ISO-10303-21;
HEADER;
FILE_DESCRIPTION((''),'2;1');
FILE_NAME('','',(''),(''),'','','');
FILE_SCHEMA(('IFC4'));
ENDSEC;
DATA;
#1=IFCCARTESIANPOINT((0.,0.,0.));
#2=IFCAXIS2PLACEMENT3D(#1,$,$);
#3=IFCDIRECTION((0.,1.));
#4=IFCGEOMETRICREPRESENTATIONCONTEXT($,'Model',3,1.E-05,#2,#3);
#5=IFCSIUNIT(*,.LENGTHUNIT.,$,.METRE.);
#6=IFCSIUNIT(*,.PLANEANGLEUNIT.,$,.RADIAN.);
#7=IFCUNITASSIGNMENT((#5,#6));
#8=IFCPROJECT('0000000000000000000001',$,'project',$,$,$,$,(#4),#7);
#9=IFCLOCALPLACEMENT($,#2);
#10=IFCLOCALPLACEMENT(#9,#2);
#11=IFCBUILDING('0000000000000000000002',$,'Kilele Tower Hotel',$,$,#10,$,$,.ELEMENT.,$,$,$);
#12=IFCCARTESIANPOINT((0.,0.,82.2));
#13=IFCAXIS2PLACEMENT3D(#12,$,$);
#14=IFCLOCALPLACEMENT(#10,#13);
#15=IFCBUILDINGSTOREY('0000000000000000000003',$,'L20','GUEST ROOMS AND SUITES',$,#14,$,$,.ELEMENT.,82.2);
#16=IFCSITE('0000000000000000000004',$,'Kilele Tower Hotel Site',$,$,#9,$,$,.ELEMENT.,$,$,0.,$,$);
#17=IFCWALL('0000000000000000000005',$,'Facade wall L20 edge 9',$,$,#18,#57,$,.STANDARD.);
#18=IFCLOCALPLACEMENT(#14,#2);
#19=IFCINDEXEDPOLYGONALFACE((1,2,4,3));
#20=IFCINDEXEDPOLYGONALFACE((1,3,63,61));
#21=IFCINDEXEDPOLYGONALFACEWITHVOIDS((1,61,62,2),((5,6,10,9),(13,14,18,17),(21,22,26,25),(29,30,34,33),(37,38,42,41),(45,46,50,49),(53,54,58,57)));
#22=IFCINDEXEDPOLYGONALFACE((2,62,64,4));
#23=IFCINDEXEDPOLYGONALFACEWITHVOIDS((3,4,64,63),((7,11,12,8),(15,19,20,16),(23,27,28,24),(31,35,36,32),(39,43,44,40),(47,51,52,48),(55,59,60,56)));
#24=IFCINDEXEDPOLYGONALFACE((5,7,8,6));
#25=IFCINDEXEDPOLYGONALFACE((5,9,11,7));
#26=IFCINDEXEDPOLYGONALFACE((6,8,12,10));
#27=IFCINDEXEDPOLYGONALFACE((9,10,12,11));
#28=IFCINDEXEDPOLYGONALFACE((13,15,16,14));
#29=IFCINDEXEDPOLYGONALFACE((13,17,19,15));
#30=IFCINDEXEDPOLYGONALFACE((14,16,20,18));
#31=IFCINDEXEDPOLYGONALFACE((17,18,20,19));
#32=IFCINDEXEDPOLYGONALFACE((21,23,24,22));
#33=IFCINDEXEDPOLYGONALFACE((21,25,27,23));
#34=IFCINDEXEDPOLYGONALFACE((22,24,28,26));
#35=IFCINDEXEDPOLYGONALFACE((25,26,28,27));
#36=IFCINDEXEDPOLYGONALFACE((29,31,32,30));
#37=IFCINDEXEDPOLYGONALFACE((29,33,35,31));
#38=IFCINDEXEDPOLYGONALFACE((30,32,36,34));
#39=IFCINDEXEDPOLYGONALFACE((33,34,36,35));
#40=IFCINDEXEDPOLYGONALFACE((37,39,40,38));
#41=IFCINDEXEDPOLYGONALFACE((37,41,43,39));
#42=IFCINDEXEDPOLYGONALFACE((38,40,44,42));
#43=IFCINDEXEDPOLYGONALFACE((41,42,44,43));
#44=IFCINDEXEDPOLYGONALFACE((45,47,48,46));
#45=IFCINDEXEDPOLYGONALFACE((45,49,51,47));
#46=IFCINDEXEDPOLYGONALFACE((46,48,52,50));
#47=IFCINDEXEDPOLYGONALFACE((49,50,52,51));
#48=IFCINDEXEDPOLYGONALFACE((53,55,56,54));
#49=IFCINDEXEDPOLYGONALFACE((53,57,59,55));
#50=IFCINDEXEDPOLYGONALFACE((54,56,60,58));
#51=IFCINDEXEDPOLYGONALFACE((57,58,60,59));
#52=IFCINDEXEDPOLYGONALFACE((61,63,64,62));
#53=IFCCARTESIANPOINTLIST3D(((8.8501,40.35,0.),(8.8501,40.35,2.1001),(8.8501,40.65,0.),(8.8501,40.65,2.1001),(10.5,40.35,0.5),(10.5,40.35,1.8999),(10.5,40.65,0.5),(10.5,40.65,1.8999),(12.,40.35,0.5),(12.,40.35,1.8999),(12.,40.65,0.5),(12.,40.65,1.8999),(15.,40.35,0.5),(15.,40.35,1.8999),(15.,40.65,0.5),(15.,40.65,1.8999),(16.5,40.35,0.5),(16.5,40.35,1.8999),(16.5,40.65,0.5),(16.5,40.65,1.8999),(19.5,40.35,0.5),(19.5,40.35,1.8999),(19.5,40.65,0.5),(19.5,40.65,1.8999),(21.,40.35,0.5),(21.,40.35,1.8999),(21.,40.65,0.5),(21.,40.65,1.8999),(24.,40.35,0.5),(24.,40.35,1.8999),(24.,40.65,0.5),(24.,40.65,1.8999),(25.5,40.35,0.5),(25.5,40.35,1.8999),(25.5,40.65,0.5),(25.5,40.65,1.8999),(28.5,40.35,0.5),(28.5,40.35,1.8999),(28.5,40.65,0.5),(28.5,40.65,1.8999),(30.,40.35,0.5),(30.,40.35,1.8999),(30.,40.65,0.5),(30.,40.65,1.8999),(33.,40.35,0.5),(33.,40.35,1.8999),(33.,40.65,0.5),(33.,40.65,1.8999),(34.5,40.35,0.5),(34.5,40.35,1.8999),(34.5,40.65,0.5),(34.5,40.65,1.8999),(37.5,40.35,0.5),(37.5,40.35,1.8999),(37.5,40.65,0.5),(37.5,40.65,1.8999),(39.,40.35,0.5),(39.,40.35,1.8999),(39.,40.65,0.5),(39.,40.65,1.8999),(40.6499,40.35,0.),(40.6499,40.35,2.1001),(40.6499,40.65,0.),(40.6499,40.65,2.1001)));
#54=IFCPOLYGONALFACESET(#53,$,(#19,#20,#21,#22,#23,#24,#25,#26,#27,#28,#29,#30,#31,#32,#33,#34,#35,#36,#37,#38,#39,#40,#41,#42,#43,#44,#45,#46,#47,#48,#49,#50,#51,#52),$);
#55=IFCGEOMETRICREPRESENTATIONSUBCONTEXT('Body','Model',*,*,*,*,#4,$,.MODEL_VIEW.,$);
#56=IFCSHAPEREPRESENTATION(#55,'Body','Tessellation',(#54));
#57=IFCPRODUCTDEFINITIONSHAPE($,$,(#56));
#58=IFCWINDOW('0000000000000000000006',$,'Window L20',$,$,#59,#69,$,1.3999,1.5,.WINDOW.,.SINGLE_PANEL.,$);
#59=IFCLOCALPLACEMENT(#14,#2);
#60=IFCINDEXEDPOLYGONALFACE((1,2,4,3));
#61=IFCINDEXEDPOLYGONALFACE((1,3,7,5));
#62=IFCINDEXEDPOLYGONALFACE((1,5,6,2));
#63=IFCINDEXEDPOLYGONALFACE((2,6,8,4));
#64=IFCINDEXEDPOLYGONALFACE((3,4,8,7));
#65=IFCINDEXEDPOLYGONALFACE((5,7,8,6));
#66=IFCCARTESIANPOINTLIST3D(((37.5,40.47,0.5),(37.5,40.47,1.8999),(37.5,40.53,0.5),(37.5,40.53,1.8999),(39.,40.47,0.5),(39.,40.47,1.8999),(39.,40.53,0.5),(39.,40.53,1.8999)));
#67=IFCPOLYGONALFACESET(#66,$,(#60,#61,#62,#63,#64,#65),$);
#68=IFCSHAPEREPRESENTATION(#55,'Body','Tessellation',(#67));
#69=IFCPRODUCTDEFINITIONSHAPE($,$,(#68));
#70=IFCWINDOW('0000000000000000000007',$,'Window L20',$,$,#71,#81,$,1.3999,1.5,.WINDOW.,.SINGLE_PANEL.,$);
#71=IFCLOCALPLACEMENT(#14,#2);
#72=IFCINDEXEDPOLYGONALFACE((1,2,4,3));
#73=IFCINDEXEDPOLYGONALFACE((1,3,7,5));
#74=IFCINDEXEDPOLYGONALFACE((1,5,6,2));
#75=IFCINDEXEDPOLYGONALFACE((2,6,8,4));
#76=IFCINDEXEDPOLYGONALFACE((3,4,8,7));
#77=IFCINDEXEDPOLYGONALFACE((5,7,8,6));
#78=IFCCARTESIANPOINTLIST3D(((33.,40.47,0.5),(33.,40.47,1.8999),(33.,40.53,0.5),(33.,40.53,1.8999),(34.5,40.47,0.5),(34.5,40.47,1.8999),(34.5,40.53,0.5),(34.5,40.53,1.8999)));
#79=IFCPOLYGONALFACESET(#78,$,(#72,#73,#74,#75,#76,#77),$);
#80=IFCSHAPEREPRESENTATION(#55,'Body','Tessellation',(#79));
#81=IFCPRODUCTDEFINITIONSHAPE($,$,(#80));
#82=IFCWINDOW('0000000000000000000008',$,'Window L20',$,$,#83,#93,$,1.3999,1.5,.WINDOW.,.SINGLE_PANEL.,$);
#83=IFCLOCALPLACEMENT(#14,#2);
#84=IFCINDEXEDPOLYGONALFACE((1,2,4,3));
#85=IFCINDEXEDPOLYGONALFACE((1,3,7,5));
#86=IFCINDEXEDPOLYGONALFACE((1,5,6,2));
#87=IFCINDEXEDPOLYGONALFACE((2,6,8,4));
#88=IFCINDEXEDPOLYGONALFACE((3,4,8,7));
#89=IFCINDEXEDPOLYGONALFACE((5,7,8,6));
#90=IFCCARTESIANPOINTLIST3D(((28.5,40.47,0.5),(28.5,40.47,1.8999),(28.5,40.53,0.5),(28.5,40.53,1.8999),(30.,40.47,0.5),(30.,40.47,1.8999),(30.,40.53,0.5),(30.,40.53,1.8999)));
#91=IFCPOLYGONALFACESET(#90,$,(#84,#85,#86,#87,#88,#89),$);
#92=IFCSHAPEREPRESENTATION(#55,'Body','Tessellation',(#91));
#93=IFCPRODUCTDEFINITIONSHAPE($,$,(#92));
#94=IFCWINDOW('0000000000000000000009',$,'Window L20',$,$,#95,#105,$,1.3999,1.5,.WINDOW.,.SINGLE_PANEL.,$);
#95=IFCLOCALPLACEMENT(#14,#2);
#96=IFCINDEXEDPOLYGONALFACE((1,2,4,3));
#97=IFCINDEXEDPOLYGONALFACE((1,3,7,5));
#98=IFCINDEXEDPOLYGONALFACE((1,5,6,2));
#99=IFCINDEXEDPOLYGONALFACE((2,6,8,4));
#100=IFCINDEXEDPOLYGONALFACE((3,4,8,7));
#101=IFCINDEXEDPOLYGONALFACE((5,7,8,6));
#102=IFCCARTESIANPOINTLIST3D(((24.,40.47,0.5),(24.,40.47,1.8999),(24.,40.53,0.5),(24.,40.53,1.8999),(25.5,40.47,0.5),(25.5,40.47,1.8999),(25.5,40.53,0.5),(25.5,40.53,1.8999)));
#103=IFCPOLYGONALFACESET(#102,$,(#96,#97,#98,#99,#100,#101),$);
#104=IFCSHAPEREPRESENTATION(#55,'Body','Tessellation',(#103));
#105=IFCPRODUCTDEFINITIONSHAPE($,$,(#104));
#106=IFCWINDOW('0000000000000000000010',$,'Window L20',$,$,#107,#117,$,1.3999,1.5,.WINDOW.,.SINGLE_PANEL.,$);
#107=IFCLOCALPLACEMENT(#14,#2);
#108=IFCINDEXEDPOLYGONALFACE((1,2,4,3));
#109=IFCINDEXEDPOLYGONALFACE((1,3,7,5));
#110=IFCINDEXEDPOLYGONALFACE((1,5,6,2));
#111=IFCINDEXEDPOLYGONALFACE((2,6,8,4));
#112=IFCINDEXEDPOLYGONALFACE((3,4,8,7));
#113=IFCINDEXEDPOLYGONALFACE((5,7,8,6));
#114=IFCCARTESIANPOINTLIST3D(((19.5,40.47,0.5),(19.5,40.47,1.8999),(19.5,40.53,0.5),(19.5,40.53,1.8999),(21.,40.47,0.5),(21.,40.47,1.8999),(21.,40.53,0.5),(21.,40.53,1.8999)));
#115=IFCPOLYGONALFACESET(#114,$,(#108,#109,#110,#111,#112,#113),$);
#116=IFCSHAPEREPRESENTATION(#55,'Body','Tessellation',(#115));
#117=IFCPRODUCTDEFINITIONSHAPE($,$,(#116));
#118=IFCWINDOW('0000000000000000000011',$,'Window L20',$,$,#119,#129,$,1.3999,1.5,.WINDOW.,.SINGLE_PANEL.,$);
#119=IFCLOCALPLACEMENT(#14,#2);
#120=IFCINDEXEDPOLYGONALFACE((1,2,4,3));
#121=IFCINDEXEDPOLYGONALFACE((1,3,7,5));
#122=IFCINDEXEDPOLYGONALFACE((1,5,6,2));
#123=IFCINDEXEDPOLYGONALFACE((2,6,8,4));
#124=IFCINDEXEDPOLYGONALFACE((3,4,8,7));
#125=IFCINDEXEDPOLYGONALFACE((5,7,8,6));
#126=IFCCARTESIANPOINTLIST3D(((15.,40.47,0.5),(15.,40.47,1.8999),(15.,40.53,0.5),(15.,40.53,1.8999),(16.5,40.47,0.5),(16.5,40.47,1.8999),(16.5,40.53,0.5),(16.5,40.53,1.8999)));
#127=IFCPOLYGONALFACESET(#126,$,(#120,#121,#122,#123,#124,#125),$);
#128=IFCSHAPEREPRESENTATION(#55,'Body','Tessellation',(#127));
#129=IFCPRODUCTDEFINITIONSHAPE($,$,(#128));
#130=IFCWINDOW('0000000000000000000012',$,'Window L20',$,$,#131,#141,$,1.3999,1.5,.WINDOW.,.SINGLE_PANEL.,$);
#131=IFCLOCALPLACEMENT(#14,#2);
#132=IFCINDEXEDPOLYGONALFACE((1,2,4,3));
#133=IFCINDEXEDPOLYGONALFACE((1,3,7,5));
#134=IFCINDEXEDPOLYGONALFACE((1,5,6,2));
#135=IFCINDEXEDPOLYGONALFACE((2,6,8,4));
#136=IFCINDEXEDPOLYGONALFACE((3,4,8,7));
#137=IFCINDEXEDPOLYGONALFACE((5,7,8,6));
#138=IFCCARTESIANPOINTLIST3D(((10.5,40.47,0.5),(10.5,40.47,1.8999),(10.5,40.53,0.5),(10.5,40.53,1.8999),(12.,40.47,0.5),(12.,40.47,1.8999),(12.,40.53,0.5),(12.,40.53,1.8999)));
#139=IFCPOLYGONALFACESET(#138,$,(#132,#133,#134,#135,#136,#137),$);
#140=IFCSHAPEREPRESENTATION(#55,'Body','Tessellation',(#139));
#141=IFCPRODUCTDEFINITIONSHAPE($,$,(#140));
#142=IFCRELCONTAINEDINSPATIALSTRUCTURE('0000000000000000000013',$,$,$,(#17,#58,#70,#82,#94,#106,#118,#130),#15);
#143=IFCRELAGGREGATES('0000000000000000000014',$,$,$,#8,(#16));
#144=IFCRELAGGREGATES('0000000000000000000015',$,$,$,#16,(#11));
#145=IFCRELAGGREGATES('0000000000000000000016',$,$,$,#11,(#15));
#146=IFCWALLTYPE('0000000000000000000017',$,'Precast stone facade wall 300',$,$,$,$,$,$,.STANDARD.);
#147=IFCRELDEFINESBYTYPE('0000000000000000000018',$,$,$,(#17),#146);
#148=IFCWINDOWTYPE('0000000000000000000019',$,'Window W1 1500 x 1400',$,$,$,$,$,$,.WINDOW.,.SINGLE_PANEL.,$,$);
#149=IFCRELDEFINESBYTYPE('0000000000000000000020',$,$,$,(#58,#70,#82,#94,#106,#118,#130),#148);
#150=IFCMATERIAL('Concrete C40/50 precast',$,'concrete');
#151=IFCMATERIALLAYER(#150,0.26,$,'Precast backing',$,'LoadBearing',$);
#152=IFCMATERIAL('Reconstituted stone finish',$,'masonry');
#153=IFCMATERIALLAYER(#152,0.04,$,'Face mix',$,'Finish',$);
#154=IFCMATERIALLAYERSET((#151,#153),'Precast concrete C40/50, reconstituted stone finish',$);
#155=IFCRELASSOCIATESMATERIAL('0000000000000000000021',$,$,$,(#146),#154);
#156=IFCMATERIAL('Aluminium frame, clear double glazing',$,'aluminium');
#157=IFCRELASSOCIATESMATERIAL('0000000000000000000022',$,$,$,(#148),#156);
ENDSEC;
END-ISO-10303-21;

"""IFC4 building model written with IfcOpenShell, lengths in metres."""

from ifc_helpers import new_model, si_unit, direction, frame, frame_2d, origin, place, context, subcontext, project, spatial, rectangle, extrude, material, layer, layer_set, type_object, element, fill, save


model = new_model("IFC4")

# Units and contexts
model_context = context("Model", 3, precision=1e-05, world=origin(), true_north=direction((0.0, 1.0)))
body_context = subcontext(model_context, "Body", "Model", "MODEL_VIEW")
ifc_project = project(units=[si_unit("LENGTHUNIT", "METRE"), si_unit("PLANEANGLEUNIT", "RADIAN")], contexts=[model_context])

# Site, building, storey
site_placement = place(None, origin())
site = spatial("IfcSite", under=ifc_project, at=site_placement, Name="Kilele Tower Hotel Site", CompositionType="ELEMENT", RefElevation=0.0)
building_placement = place(site_placement, origin())
building = spatial("IfcBuilding", under=site, at=building_placement, Name="Kilele Tower Hotel", CompositionType="ELEMENT")
storey_placement = place(building_placement, frame((0.0, 0.0, 82.2)))
storey = spatial("IfcBuildingStorey", under=building, at=storey_placement, Name="L20", Description="GUEST ROOMS AND SUITES", CompositionType="ELEMENT", Elevation=82.2)

# Shared definitions
ifc_material_1 = material(Name="Concrete C40/50 precast", Category="concrete")
ifc_layer_1 = layer(ifc_material_1, 0.26, Name="Precast backing", Category="LoadBearing")
ifc_material_2 = material(Name="Reconstituted stone finish", Category="masonry")
ifc_layer_2 = layer(ifc_material_2, 0.04, Name="Face mix", Category="Finish")
ifc_layer_set_1 = layer_set([ifc_layer_1, ifc_layer_2], Name="Precast concrete C40/50, reconstituted stone finish")
wall_type_1 = type_object("IfcWallType", Name="Precast stone facade wall 300", PredefinedType="STANDARD", material=ifc_layer_set_1)
ifc_material_3 = material(Name="Aluminium frame, clear double glazing", Category="aluminium")
window_type_1 = type_object("IfcWindowType", Name="Window W1 1500 x 1400", PartitioningType="SINGLE_PANEL", PredefinedType="WINDOW", material=ifc_material_3)

# Wall, openings, windows
wall_1_placement = place(storey_placement, frame((40.6499, 40.5, 0.0), z_axis=(0.0, 0.0, 1.0), x_axis=(-1.0, 0.0, 0.0)))
wall_1 = element("IfcWall", 1, at=wall_1_placement, inside=storey, type_object=wall_type_1, Name="Facade wall L20 edge 9", PredefinedType="STANDARD", context=body_context, shape_type="SweptSolid", body=[
    extrude(rectangle(XDim=31.7998, YDim=0.3, at=frame_2d((15.8999, 0.0))), origin(), (0.0, 0.0, 1.0), 2.1001),
])
opening_1_placement = place(wall_1_placement, frame((1.6499, 0.0, 0.5)))
opening_1 = element("IfcOpeningElement", 2, at=opening_1_placement, cuts=wall_1, PredefinedType="OPENING", context=body_context, shape_type="SweptSolid", body=[
    extrude(rectangle(XDim=1.5, YDim=1.3999, at=frame_2d((0.75, 0.7))), frame((0.0, 0.1599, 0.0), z_axis=(0.0, -1.0, 0.0), x_axis=(1.0, 0.0, 0.0)), (0.0, 0.0, 1.0), 0.3201),
])
opening_2_placement = place(wall_1_placement, frame((6.1499, 0.0, 0.5)))
opening_2 = element("IfcOpeningElement", 3, at=opening_2_placement, cuts=wall_1, PredefinedType="OPENING", context=body_context, shape_type="SweptSolid", body=[
    extrude(rectangle(XDim=1.5, YDim=1.3999, at=frame_2d((0.75, 0.7))), frame((0.0, 0.1599, 0.0), z_axis=(0.0, -1.0, 0.0), x_axis=(1.0, 0.0, 0.0)), (0.0, 0.0, 1.0), 0.3201),
])
opening_3_placement = place(wall_1_placement, frame((10.6499, 0.0, 0.5)))
opening_3 = element("IfcOpeningElement", 4, at=opening_3_placement, cuts=wall_1, PredefinedType="OPENING", context=body_context, shape_type="SweptSolid", body=[
    extrude(rectangle(XDim=1.5, YDim=1.3999, at=frame_2d((0.75, 0.7))), frame((0.0, 0.1599, 0.0), z_axis=(0.0, -1.0, 0.0), x_axis=(1.0, 0.0, 0.0)), (0.0, 0.0, 1.0), 0.3201),
])
opening_4_placement = place(wall_1_placement, frame((15.1499, 0.0, 0.5)))
opening_4 = element("IfcOpeningElement", 5, at=opening_4_placement, cuts=wall_1, PredefinedType="OPENING", context=body_context, shape_type="SweptSolid", body=[
    extrude(rectangle(XDim=1.5, YDim=1.3999, at=frame_2d((0.75, 0.7))), frame((0.0, 0.1599, 0.0), z_axis=(0.0, -1.0, 0.0), x_axis=(1.0, 0.0, 0.0)), (0.0, 0.0, 1.0), 0.3201),
])
opening_5_placement = place(wall_1_placement, frame((19.6499, 0.0, 0.5)))
opening_5 = element("IfcOpeningElement", 6, at=opening_5_placement, cuts=wall_1, PredefinedType="OPENING", context=body_context, shape_type="SweptSolid", body=[
    extrude(rectangle(XDim=1.5, YDim=1.3999, at=frame_2d((0.75, 0.7))), frame((0.0, 0.1599, 0.0), z_axis=(0.0, -1.0, 0.0), x_axis=(1.0, 0.0, 0.0)), (0.0, 0.0, 1.0), 0.3201),
])
opening_6_placement = place(wall_1_placement, frame((24.1499, 0.0, 0.5)))
opening_6 = element("IfcOpeningElement", 7, at=opening_6_placement, cuts=wall_1, PredefinedType="OPENING", context=body_context, shape_type="SweptSolid", body=[
    extrude(rectangle(XDim=1.5, YDim=1.3999, at=frame_2d((0.75, 0.7))), frame((0.0, 0.1599, 0.0), z_axis=(0.0, -1.0, 0.0), x_axis=(1.0, 0.0, 0.0)), (0.0, 0.0, 1.0), 0.3201),
])
opening_7_placement = place(wall_1_placement, frame((28.6499, 0.0, 0.5)))
opening_7 = element("IfcOpeningElement", 8, at=opening_7_placement, cuts=wall_1, PredefinedType="OPENING", context=body_context, shape_type="SweptSolid", body=[
    extrude(rectangle(XDim=1.5, YDim=1.3999, at=frame_2d((0.75, 0.7))), frame((0.0, 0.1599, 0.0), z_axis=(0.0, -1.0, 0.0), x_axis=(1.0, 0.0, 0.0)), (0.0, 0.0, 1.0), 0.3201),
])
window_1_placement = place(opening_1_placement, origin())
window_1 = element("IfcWindow", 9, at=window_1_placement, inside=storey, type_object=window_type_1, Name="Window L20", OverallHeight=1.3999, OverallWidth=1.5, PartitioningType="SINGLE_PANEL", PredefinedType="WINDOW", context=body_context, shape_type="SweptSolid", body=[
    extrude(rectangle(XDim=1.5, YDim=1.3999, at=frame_2d((0.75, 0.7))), frame((0.0, 0.03, 0.0), z_axis=(0.0, -1.0, 0.0), x_axis=(1.0, 0.0, 0.0)), (0.0, 0.0, 1.0), 0.0601),
])
fill(opening_1, window_1)
window_2_placement = place(opening_2_placement, origin())
window_2 = element("IfcWindow", 10, at=window_2_placement, inside=storey, type_object=window_type_1, Name="Window L20", OverallHeight=1.3999, OverallWidth=1.5, PartitioningType="SINGLE_PANEL", PredefinedType="WINDOW", context=body_context, shape_type="SweptSolid", body=[
    extrude(rectangle(XDim=1.5, YDim=1.3999, at=frame_2d((0.75, 0.7))), frame((0.0, 0.03, 0.0), z_axis=(0.0, -1.0, 0.0), x_axis=(1.0, 0.0, 0.0)), (0.0, 0.0, 1.0), 0.0601),
])
fill(opening_2, window_2)
window_3_placement = place(opening_3_placement, origin())
window_3 = element("IfcWindow", 11, at=window_3_placement, inside=storey, type_object=window_type_1, Name="Window L20", OverallHeight=1.3999, OverallWidth=1.5, PartitioningType="SINGLE_PANEL", PredefinedType="WINDOW", context=body_context, shape_type="SweptSolid", body=[
    extrude(rectangle(XDim=1.5, YDim=1.3999, at=frame_2d((0.75, 0.7))), frame((0.0, 0.03, 0.0), z_axis=(0.0, -1.0, 0.0), x_axis=(1.0, 0.0, 0.0)), (0.0, 0.0, 1.0), 0.0601),
])
fill(opening_3, window_3)
window_4_placement = place(opening_4_placement, origin())
window_4 = element("IfcWindow", 12, at=window_4_placement, inside=storey, type_object=window_type_1, Name="Window L20", OverallHeight=1.3999, OverallWidth=1.5, PartitioningType="SINGLE_PANEL", PredefinedType="WINDOW", context=body_context, shape_type="SweptSolid", body=[
    extrude(rectangle(XDim=1.5, YDim=1.3999, at=frame_2d((0.75, 0.7))), frame((0.0, 0.03, 0.0), z_axis=(0.0, -1.0, 0.0), x_axis=(1.0, 0.0, 0.0)), (0.0, 0.0, 1.0), 0.0601),
])
fill(opening_4, window_4)
window_5_placement = place(opening_5_placement, origin())
window_5 = element("IfcWindow", 13, at=window_5_placement, inside=storey, type_object=window_type_1, Name="Window L20", OverallHeight=1.3999, OverallWidth=1.5, PartitioningType="SINGLE_PANEL", PredefinedType="WINDOW", context=body_context, shape_type="SweptSolid", body=[
    extrude(rectangle(XDim=1.5, YDim=1.3999, at=frame_2d((0.75, 0.7))), frame((0.0, 0.03, 0.0), z_axis=(0.0, -1.0, 0.0), x_axis=(1.0, 0.0, 0.0)), (0.0, 0.0, 1.0), 0.0601),
])
fill(opening_5, window_5)
window_6_placement = place(opening_6_placement, origin())
window_6 = element("IfcWindow", 14, at=window_6_placement, inside=storey, type_object=window_type_1, Name="Window L20", OverallHeight=1.3999, OverallWidth=1.5, PartitioningType="SINGLE_PANEL", PredefinedType="WINDOW", context=body_context, shape_type="SweptSolid", body=[
    extrude(rectangle(XDim=1.5, YDim=1.3999, at=frame_2d((0.75, 0.7))), frame((0.0, 0.03, 0.0), z_axis=(0.0, -1.0, 0.0), x_axis=(1.0, 0.0, 0.0)), (0.0, 0.0, 1.0), 0.0601),
])
fill(opening_6, window_6)
window_7_placement = place(opening_7_placement, origin())
window_7 = element("IfcWindow", 15, at=window_7_placement, inside=storey, type_object=window_type_1, Name="Window L20", OverallHeight=1.3999, OverallWidth=1.5, PartitioningType="SINGLE_PANEL", PredefinedType="WINDOW", context=body_context, shape_type="SweptSolid", body=[
    extrude(rectangle(XDim=1.5, YDim=1.3999, at=frame_2d((0.75, 0.7))), frame((0.0, 0.03, 0.0), z_axis=(0.0, -1.0, 0.0), x_axis=(1.0, 0.0, 0.0)), (0.0, 0.0, 1.0), 0.0601),
])
fill(opening_7, window_7)

save(model, "model.ifc")
